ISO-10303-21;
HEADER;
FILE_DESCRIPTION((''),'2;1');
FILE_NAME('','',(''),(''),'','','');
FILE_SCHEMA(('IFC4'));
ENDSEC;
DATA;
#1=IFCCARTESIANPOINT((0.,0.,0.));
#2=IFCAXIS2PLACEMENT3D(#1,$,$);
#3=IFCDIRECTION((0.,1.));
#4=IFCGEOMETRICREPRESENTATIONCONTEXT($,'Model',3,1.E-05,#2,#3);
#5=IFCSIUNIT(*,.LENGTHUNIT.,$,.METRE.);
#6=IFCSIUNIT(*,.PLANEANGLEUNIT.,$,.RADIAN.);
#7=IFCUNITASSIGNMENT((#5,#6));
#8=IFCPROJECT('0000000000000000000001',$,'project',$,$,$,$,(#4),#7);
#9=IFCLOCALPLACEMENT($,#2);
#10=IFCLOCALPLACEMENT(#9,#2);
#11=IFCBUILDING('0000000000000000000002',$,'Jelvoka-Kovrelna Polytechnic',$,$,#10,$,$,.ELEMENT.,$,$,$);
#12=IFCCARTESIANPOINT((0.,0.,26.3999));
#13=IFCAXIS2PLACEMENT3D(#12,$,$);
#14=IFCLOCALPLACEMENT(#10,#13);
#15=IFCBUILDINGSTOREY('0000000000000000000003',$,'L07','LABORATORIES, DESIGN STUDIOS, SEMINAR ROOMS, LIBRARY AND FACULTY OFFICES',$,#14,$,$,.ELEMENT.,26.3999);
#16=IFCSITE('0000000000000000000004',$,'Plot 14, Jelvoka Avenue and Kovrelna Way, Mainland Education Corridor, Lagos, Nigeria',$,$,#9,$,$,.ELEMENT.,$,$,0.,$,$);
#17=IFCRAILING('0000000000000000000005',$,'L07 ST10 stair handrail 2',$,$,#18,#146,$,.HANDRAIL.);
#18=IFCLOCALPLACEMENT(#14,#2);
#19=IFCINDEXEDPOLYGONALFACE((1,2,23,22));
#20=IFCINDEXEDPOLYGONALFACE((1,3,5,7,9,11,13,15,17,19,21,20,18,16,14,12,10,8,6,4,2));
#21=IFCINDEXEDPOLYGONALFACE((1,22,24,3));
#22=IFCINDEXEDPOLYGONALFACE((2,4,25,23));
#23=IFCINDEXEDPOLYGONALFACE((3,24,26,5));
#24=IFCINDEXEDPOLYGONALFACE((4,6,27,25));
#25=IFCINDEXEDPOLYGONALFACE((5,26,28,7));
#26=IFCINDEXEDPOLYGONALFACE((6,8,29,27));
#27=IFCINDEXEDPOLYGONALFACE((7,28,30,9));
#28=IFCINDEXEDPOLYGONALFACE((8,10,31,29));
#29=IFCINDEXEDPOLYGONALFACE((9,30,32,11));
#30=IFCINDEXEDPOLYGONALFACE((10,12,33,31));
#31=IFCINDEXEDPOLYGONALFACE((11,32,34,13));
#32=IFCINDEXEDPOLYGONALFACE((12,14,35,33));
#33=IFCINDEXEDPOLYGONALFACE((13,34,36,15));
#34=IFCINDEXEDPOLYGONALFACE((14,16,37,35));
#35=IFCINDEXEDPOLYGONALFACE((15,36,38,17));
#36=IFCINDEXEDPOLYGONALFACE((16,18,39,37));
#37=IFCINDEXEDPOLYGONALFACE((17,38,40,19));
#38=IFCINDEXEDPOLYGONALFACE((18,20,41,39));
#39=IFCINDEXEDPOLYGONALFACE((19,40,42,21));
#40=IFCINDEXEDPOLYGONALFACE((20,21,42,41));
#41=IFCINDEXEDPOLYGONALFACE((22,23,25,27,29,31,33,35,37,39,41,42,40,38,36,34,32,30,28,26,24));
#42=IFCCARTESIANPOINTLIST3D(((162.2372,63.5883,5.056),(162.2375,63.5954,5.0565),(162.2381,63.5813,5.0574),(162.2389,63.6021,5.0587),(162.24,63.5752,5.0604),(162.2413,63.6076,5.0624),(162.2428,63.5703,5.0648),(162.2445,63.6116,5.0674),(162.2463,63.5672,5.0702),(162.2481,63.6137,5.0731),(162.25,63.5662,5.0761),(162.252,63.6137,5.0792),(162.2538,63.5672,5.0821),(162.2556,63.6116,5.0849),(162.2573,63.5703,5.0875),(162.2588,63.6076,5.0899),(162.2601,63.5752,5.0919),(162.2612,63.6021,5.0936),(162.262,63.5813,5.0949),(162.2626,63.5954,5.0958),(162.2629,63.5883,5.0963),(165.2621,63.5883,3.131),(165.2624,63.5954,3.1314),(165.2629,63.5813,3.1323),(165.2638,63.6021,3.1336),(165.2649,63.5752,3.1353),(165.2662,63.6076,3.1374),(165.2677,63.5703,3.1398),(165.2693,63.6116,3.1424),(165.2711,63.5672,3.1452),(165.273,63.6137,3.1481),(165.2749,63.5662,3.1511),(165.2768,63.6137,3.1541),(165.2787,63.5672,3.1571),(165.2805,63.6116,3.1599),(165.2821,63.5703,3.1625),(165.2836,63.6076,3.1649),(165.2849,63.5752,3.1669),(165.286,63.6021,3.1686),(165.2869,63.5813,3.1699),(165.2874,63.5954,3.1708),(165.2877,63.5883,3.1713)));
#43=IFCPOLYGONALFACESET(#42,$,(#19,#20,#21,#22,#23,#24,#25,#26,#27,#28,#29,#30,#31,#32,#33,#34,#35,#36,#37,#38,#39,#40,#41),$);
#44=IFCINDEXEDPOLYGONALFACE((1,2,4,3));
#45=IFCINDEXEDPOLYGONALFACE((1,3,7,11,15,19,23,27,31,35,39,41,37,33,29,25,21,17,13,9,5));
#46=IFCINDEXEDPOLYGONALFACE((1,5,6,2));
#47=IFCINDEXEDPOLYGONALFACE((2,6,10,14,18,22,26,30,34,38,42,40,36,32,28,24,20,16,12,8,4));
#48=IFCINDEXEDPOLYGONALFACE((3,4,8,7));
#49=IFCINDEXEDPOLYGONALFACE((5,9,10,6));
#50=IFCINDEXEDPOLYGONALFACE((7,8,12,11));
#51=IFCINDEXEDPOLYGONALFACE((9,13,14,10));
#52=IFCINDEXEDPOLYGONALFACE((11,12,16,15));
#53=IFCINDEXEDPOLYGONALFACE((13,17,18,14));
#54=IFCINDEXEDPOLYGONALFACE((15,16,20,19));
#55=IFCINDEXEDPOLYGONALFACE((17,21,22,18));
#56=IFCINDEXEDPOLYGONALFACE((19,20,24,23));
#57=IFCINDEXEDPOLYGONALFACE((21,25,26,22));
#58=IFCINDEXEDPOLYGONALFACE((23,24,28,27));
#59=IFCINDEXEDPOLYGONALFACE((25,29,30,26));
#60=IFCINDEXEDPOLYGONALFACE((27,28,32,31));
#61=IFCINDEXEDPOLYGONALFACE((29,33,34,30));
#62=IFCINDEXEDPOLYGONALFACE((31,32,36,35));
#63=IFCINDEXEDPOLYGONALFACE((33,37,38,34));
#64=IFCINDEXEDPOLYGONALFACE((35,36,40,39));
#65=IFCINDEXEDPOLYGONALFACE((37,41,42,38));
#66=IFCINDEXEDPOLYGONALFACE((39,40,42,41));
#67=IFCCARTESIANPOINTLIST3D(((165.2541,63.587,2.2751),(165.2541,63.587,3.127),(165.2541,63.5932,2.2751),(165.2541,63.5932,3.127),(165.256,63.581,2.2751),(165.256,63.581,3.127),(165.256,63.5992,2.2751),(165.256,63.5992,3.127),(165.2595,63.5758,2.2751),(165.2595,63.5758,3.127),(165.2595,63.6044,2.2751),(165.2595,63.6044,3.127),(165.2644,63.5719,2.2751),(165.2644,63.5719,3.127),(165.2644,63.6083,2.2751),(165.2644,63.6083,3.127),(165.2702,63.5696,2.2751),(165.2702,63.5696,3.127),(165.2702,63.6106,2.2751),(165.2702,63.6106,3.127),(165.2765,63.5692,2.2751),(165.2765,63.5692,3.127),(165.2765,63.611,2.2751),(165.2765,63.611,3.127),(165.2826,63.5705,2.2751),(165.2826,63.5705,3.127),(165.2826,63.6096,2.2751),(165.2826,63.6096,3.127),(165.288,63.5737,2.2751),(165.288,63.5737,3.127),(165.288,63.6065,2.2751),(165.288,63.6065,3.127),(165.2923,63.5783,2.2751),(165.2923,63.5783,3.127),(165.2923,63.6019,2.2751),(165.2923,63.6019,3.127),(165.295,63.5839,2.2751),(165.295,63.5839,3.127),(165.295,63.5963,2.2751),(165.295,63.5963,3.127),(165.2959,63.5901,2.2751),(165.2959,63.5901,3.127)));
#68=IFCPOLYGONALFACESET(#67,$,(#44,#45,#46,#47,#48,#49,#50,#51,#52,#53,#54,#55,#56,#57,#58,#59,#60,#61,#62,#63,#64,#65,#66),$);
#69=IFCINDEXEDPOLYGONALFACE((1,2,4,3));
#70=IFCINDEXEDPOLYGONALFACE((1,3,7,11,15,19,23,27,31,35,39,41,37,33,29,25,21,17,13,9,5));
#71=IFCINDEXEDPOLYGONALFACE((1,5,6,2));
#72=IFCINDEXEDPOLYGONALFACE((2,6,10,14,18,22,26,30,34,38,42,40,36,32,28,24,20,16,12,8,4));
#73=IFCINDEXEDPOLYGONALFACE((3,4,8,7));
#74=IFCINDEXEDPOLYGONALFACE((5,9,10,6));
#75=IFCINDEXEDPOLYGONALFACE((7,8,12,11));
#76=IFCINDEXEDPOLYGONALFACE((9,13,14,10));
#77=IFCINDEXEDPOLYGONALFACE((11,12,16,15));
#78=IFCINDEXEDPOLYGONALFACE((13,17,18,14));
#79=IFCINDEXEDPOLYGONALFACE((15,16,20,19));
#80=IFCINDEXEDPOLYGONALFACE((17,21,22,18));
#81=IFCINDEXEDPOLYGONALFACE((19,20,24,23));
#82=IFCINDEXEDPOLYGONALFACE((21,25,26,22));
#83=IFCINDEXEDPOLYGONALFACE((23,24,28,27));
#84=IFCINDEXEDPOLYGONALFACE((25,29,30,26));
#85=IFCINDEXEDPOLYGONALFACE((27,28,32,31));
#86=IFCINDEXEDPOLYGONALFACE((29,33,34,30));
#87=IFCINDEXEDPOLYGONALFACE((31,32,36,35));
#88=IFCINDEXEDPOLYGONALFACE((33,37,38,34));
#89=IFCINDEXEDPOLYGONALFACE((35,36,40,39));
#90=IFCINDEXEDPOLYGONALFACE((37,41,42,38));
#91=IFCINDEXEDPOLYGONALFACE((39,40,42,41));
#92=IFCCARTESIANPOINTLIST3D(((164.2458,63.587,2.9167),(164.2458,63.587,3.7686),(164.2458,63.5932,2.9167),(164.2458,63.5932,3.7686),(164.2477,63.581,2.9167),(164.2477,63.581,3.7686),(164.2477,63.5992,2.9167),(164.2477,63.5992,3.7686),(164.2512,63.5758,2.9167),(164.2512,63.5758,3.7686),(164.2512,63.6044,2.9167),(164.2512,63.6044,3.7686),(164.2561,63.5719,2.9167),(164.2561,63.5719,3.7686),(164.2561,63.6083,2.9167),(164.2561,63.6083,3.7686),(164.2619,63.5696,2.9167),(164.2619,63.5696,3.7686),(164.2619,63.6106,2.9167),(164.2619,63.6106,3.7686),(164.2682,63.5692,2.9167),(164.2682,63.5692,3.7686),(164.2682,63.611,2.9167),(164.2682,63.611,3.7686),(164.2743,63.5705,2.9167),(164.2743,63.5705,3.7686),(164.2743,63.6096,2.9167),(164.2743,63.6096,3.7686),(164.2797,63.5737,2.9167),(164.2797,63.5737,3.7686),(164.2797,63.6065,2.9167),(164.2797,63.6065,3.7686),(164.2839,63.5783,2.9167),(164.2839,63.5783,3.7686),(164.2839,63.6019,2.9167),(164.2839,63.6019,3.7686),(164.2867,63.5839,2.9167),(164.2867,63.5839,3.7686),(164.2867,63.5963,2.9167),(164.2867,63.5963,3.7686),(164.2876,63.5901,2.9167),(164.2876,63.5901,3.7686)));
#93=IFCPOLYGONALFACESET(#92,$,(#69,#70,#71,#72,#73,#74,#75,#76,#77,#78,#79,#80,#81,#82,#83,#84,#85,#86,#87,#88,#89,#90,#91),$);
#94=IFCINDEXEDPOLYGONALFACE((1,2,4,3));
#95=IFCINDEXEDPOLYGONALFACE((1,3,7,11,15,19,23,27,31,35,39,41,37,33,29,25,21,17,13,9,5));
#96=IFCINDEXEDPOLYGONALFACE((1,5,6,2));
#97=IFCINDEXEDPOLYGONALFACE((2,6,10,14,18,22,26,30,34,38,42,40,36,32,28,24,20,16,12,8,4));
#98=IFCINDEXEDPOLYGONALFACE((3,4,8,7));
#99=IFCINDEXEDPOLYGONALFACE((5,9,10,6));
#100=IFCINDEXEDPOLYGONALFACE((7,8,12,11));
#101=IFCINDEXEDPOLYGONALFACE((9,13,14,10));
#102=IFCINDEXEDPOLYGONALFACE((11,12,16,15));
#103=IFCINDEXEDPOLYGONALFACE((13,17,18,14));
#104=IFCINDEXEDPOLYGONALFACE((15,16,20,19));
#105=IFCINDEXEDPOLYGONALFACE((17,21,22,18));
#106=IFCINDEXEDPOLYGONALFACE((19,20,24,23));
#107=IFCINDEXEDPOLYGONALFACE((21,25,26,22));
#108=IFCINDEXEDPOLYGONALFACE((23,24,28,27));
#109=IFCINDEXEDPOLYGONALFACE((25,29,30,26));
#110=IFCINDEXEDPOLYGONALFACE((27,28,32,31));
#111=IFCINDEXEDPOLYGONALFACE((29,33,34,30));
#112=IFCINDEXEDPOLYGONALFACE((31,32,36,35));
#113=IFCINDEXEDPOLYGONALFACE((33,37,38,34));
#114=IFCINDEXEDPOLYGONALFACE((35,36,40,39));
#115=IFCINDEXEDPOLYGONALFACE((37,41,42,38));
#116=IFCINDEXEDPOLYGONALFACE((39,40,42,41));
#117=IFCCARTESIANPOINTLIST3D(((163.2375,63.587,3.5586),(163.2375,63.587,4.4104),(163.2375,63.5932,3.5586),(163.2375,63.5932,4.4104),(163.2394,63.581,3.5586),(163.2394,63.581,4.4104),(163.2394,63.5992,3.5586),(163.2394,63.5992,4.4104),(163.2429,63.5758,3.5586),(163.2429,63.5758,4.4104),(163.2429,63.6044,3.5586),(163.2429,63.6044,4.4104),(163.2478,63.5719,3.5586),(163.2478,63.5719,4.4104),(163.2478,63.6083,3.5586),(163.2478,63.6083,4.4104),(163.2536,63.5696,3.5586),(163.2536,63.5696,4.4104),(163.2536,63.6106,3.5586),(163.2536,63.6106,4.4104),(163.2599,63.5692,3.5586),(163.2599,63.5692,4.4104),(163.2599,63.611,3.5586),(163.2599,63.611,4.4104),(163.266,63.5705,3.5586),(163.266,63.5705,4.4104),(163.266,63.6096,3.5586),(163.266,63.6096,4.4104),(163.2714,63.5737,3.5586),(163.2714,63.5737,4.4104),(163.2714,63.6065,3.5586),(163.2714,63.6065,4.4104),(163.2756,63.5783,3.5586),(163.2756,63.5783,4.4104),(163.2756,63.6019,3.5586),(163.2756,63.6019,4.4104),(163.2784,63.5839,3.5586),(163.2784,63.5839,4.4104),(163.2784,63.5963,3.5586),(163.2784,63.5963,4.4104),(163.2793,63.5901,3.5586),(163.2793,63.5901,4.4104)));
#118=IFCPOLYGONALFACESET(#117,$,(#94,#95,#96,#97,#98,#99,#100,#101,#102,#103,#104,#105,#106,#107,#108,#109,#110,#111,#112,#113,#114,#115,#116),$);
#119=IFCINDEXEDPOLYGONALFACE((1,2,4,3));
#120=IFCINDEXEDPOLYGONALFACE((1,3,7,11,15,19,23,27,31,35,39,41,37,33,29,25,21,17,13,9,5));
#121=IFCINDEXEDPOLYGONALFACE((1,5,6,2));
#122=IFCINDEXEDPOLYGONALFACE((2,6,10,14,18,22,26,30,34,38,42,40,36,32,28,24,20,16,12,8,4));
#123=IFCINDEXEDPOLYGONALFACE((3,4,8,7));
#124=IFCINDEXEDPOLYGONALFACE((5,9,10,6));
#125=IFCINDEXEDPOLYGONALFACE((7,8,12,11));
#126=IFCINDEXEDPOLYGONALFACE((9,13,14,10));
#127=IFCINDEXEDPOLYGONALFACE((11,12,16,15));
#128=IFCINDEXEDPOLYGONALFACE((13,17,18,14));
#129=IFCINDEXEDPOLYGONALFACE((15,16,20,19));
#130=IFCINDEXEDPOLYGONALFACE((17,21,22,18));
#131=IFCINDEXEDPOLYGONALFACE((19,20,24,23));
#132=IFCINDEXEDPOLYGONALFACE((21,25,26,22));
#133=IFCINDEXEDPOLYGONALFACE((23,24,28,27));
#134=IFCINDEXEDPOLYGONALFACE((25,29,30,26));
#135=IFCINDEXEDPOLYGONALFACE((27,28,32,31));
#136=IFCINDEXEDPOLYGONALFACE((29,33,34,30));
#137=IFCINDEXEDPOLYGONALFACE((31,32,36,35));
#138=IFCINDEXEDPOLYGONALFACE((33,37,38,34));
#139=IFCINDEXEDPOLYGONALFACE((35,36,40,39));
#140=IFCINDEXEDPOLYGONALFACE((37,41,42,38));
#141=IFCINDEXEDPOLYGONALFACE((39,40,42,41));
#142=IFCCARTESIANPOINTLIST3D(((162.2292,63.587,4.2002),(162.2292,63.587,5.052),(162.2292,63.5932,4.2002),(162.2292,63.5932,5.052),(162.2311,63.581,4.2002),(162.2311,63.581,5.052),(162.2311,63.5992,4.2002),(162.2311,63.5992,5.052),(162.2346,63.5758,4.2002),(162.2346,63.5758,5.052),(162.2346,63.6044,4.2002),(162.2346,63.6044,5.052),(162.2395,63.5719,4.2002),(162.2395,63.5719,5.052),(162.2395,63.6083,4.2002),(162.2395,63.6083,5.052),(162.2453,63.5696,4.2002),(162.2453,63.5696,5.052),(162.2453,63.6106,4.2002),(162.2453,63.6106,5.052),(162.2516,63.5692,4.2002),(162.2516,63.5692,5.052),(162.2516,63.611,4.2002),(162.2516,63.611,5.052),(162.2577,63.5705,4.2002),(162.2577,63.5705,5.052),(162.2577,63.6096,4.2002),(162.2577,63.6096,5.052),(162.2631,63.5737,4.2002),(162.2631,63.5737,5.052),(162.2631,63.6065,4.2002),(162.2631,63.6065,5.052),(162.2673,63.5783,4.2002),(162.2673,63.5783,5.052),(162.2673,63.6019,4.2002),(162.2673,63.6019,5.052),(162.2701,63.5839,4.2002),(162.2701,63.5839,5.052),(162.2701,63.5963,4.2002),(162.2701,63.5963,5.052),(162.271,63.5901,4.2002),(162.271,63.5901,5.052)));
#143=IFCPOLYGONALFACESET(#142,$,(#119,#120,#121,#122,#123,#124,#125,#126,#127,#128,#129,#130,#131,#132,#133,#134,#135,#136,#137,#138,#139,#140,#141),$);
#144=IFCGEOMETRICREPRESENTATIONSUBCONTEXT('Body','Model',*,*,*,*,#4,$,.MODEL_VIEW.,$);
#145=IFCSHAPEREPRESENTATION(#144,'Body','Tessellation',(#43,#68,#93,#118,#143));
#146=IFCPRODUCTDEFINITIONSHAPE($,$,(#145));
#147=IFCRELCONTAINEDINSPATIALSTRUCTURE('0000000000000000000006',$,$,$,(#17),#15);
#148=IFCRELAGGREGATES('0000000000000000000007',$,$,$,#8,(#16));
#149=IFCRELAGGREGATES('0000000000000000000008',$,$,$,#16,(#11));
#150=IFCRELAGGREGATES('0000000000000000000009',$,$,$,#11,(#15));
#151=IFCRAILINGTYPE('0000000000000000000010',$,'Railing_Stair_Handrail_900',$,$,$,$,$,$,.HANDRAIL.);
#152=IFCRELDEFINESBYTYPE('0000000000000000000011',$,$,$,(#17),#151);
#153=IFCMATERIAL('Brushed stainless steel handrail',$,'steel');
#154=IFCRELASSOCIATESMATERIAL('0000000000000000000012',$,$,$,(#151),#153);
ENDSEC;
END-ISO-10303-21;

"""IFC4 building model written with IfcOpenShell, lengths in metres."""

from ifc_helpers import new_model, si_unit, direction, frame, origin, origin_2d, place, context, subcontext, project, spatial, circle, extrude, material, type_object, element, save


model = new_model("IFC4")

# Units and contexts
model_context = context("Model", 3, precision=1e-05, world=origin(), true_north=direction((0.0, 1.0)))
body_context = subcontext(model_context, "Body", "Model", "MODEL_VIEW")
ifc_project = project(units=[si_unit("LENGTHUNIT", "METRE"), si_unit("PLANEANGLEUNIT", "RADIAN")], contexts=[model_context])

# Site, building, storey
site_placement = place(None, origin())
site = spatial("IfcSite", under=ifc_project, at=site_placement, Name="Plot 14, Jelvoka Avenue and Kovrelna Way, Mainland Education Corridor, Lagos, Nigeria", CompositionType="ELEMENT", RefElevation=0.0)
building_placement = place(site_placement, origin())
building = spatial("IfcBuilding", under=site, at=building_placement, Name="Jelvoka-Kovrelna Polytechnic", CompositionType="ELEMENT")
storey_placement = place(building_placement, frame((0.0, 0.0, 26.3999)))
storey = spatial("IfcBuildingStorey", under=building, at=storey_placement, Name="L07", Description="LABORATORIES, DESIGN STUDIOS, SEMINAR ROOMS, LIBRARY AND FACULTY OFFICES", CompositionType="ELEMENT", Elevation=26.3999)

# Railing
ifc_material_1 = material(Name="Brushed stainless steel handrail", Category="steel")
railing_type_1 = type_object("IfcRailingType", Name="Railing_Stair_Handrail_900", PredefinedType="HANDRAIL", material=ifc_material_1)
railing_1_placement = place(storey_placement, frame((165.2749, 63.5901, 2.2751)))
element("IfcRailing", 1, at=railing_1_placement, inside=storey, type_object=railing_type_1, Name="L07 ST10 stair handrail 2", PredefinedType="HANDRAIL", context=body_context, shape_type="SweptSolid", body=[
    extrude(circle(Radius=0.0239, at=origin_2d()), frame((0.0, 0.0, 0.876), z_axis=(-0.843647, 0.0, 0.536898), x_axis=(0.0, -1.0, 0.0)), (0.0, 0.0, 1.0), 3.5854),
    extrude(circle(Radius=0.021, at=origin_2d()), origin(), (0.0, 0.0, 1.0), 0.8518),
    extrude(circle(Radius=0.021, at=origin_2d()), frame((-1.0083, 0.0, 0.6416)), (0.0, 0.0, 1.0), 0.8518),
    extrude(circle(Radius=0.021, at=origin_2d()), frame((-2.0166, 0.0, 1.2834)), (0.0, 0.0, 1.0), 0.8518),
    extrude(circle(Radius=0.021, at=origin_2d()), frame((-3.0249, 0.0, 1.925)), (0.0, 0.0, 1.0), 0.8518),
])

save(model, "model.ifc")
